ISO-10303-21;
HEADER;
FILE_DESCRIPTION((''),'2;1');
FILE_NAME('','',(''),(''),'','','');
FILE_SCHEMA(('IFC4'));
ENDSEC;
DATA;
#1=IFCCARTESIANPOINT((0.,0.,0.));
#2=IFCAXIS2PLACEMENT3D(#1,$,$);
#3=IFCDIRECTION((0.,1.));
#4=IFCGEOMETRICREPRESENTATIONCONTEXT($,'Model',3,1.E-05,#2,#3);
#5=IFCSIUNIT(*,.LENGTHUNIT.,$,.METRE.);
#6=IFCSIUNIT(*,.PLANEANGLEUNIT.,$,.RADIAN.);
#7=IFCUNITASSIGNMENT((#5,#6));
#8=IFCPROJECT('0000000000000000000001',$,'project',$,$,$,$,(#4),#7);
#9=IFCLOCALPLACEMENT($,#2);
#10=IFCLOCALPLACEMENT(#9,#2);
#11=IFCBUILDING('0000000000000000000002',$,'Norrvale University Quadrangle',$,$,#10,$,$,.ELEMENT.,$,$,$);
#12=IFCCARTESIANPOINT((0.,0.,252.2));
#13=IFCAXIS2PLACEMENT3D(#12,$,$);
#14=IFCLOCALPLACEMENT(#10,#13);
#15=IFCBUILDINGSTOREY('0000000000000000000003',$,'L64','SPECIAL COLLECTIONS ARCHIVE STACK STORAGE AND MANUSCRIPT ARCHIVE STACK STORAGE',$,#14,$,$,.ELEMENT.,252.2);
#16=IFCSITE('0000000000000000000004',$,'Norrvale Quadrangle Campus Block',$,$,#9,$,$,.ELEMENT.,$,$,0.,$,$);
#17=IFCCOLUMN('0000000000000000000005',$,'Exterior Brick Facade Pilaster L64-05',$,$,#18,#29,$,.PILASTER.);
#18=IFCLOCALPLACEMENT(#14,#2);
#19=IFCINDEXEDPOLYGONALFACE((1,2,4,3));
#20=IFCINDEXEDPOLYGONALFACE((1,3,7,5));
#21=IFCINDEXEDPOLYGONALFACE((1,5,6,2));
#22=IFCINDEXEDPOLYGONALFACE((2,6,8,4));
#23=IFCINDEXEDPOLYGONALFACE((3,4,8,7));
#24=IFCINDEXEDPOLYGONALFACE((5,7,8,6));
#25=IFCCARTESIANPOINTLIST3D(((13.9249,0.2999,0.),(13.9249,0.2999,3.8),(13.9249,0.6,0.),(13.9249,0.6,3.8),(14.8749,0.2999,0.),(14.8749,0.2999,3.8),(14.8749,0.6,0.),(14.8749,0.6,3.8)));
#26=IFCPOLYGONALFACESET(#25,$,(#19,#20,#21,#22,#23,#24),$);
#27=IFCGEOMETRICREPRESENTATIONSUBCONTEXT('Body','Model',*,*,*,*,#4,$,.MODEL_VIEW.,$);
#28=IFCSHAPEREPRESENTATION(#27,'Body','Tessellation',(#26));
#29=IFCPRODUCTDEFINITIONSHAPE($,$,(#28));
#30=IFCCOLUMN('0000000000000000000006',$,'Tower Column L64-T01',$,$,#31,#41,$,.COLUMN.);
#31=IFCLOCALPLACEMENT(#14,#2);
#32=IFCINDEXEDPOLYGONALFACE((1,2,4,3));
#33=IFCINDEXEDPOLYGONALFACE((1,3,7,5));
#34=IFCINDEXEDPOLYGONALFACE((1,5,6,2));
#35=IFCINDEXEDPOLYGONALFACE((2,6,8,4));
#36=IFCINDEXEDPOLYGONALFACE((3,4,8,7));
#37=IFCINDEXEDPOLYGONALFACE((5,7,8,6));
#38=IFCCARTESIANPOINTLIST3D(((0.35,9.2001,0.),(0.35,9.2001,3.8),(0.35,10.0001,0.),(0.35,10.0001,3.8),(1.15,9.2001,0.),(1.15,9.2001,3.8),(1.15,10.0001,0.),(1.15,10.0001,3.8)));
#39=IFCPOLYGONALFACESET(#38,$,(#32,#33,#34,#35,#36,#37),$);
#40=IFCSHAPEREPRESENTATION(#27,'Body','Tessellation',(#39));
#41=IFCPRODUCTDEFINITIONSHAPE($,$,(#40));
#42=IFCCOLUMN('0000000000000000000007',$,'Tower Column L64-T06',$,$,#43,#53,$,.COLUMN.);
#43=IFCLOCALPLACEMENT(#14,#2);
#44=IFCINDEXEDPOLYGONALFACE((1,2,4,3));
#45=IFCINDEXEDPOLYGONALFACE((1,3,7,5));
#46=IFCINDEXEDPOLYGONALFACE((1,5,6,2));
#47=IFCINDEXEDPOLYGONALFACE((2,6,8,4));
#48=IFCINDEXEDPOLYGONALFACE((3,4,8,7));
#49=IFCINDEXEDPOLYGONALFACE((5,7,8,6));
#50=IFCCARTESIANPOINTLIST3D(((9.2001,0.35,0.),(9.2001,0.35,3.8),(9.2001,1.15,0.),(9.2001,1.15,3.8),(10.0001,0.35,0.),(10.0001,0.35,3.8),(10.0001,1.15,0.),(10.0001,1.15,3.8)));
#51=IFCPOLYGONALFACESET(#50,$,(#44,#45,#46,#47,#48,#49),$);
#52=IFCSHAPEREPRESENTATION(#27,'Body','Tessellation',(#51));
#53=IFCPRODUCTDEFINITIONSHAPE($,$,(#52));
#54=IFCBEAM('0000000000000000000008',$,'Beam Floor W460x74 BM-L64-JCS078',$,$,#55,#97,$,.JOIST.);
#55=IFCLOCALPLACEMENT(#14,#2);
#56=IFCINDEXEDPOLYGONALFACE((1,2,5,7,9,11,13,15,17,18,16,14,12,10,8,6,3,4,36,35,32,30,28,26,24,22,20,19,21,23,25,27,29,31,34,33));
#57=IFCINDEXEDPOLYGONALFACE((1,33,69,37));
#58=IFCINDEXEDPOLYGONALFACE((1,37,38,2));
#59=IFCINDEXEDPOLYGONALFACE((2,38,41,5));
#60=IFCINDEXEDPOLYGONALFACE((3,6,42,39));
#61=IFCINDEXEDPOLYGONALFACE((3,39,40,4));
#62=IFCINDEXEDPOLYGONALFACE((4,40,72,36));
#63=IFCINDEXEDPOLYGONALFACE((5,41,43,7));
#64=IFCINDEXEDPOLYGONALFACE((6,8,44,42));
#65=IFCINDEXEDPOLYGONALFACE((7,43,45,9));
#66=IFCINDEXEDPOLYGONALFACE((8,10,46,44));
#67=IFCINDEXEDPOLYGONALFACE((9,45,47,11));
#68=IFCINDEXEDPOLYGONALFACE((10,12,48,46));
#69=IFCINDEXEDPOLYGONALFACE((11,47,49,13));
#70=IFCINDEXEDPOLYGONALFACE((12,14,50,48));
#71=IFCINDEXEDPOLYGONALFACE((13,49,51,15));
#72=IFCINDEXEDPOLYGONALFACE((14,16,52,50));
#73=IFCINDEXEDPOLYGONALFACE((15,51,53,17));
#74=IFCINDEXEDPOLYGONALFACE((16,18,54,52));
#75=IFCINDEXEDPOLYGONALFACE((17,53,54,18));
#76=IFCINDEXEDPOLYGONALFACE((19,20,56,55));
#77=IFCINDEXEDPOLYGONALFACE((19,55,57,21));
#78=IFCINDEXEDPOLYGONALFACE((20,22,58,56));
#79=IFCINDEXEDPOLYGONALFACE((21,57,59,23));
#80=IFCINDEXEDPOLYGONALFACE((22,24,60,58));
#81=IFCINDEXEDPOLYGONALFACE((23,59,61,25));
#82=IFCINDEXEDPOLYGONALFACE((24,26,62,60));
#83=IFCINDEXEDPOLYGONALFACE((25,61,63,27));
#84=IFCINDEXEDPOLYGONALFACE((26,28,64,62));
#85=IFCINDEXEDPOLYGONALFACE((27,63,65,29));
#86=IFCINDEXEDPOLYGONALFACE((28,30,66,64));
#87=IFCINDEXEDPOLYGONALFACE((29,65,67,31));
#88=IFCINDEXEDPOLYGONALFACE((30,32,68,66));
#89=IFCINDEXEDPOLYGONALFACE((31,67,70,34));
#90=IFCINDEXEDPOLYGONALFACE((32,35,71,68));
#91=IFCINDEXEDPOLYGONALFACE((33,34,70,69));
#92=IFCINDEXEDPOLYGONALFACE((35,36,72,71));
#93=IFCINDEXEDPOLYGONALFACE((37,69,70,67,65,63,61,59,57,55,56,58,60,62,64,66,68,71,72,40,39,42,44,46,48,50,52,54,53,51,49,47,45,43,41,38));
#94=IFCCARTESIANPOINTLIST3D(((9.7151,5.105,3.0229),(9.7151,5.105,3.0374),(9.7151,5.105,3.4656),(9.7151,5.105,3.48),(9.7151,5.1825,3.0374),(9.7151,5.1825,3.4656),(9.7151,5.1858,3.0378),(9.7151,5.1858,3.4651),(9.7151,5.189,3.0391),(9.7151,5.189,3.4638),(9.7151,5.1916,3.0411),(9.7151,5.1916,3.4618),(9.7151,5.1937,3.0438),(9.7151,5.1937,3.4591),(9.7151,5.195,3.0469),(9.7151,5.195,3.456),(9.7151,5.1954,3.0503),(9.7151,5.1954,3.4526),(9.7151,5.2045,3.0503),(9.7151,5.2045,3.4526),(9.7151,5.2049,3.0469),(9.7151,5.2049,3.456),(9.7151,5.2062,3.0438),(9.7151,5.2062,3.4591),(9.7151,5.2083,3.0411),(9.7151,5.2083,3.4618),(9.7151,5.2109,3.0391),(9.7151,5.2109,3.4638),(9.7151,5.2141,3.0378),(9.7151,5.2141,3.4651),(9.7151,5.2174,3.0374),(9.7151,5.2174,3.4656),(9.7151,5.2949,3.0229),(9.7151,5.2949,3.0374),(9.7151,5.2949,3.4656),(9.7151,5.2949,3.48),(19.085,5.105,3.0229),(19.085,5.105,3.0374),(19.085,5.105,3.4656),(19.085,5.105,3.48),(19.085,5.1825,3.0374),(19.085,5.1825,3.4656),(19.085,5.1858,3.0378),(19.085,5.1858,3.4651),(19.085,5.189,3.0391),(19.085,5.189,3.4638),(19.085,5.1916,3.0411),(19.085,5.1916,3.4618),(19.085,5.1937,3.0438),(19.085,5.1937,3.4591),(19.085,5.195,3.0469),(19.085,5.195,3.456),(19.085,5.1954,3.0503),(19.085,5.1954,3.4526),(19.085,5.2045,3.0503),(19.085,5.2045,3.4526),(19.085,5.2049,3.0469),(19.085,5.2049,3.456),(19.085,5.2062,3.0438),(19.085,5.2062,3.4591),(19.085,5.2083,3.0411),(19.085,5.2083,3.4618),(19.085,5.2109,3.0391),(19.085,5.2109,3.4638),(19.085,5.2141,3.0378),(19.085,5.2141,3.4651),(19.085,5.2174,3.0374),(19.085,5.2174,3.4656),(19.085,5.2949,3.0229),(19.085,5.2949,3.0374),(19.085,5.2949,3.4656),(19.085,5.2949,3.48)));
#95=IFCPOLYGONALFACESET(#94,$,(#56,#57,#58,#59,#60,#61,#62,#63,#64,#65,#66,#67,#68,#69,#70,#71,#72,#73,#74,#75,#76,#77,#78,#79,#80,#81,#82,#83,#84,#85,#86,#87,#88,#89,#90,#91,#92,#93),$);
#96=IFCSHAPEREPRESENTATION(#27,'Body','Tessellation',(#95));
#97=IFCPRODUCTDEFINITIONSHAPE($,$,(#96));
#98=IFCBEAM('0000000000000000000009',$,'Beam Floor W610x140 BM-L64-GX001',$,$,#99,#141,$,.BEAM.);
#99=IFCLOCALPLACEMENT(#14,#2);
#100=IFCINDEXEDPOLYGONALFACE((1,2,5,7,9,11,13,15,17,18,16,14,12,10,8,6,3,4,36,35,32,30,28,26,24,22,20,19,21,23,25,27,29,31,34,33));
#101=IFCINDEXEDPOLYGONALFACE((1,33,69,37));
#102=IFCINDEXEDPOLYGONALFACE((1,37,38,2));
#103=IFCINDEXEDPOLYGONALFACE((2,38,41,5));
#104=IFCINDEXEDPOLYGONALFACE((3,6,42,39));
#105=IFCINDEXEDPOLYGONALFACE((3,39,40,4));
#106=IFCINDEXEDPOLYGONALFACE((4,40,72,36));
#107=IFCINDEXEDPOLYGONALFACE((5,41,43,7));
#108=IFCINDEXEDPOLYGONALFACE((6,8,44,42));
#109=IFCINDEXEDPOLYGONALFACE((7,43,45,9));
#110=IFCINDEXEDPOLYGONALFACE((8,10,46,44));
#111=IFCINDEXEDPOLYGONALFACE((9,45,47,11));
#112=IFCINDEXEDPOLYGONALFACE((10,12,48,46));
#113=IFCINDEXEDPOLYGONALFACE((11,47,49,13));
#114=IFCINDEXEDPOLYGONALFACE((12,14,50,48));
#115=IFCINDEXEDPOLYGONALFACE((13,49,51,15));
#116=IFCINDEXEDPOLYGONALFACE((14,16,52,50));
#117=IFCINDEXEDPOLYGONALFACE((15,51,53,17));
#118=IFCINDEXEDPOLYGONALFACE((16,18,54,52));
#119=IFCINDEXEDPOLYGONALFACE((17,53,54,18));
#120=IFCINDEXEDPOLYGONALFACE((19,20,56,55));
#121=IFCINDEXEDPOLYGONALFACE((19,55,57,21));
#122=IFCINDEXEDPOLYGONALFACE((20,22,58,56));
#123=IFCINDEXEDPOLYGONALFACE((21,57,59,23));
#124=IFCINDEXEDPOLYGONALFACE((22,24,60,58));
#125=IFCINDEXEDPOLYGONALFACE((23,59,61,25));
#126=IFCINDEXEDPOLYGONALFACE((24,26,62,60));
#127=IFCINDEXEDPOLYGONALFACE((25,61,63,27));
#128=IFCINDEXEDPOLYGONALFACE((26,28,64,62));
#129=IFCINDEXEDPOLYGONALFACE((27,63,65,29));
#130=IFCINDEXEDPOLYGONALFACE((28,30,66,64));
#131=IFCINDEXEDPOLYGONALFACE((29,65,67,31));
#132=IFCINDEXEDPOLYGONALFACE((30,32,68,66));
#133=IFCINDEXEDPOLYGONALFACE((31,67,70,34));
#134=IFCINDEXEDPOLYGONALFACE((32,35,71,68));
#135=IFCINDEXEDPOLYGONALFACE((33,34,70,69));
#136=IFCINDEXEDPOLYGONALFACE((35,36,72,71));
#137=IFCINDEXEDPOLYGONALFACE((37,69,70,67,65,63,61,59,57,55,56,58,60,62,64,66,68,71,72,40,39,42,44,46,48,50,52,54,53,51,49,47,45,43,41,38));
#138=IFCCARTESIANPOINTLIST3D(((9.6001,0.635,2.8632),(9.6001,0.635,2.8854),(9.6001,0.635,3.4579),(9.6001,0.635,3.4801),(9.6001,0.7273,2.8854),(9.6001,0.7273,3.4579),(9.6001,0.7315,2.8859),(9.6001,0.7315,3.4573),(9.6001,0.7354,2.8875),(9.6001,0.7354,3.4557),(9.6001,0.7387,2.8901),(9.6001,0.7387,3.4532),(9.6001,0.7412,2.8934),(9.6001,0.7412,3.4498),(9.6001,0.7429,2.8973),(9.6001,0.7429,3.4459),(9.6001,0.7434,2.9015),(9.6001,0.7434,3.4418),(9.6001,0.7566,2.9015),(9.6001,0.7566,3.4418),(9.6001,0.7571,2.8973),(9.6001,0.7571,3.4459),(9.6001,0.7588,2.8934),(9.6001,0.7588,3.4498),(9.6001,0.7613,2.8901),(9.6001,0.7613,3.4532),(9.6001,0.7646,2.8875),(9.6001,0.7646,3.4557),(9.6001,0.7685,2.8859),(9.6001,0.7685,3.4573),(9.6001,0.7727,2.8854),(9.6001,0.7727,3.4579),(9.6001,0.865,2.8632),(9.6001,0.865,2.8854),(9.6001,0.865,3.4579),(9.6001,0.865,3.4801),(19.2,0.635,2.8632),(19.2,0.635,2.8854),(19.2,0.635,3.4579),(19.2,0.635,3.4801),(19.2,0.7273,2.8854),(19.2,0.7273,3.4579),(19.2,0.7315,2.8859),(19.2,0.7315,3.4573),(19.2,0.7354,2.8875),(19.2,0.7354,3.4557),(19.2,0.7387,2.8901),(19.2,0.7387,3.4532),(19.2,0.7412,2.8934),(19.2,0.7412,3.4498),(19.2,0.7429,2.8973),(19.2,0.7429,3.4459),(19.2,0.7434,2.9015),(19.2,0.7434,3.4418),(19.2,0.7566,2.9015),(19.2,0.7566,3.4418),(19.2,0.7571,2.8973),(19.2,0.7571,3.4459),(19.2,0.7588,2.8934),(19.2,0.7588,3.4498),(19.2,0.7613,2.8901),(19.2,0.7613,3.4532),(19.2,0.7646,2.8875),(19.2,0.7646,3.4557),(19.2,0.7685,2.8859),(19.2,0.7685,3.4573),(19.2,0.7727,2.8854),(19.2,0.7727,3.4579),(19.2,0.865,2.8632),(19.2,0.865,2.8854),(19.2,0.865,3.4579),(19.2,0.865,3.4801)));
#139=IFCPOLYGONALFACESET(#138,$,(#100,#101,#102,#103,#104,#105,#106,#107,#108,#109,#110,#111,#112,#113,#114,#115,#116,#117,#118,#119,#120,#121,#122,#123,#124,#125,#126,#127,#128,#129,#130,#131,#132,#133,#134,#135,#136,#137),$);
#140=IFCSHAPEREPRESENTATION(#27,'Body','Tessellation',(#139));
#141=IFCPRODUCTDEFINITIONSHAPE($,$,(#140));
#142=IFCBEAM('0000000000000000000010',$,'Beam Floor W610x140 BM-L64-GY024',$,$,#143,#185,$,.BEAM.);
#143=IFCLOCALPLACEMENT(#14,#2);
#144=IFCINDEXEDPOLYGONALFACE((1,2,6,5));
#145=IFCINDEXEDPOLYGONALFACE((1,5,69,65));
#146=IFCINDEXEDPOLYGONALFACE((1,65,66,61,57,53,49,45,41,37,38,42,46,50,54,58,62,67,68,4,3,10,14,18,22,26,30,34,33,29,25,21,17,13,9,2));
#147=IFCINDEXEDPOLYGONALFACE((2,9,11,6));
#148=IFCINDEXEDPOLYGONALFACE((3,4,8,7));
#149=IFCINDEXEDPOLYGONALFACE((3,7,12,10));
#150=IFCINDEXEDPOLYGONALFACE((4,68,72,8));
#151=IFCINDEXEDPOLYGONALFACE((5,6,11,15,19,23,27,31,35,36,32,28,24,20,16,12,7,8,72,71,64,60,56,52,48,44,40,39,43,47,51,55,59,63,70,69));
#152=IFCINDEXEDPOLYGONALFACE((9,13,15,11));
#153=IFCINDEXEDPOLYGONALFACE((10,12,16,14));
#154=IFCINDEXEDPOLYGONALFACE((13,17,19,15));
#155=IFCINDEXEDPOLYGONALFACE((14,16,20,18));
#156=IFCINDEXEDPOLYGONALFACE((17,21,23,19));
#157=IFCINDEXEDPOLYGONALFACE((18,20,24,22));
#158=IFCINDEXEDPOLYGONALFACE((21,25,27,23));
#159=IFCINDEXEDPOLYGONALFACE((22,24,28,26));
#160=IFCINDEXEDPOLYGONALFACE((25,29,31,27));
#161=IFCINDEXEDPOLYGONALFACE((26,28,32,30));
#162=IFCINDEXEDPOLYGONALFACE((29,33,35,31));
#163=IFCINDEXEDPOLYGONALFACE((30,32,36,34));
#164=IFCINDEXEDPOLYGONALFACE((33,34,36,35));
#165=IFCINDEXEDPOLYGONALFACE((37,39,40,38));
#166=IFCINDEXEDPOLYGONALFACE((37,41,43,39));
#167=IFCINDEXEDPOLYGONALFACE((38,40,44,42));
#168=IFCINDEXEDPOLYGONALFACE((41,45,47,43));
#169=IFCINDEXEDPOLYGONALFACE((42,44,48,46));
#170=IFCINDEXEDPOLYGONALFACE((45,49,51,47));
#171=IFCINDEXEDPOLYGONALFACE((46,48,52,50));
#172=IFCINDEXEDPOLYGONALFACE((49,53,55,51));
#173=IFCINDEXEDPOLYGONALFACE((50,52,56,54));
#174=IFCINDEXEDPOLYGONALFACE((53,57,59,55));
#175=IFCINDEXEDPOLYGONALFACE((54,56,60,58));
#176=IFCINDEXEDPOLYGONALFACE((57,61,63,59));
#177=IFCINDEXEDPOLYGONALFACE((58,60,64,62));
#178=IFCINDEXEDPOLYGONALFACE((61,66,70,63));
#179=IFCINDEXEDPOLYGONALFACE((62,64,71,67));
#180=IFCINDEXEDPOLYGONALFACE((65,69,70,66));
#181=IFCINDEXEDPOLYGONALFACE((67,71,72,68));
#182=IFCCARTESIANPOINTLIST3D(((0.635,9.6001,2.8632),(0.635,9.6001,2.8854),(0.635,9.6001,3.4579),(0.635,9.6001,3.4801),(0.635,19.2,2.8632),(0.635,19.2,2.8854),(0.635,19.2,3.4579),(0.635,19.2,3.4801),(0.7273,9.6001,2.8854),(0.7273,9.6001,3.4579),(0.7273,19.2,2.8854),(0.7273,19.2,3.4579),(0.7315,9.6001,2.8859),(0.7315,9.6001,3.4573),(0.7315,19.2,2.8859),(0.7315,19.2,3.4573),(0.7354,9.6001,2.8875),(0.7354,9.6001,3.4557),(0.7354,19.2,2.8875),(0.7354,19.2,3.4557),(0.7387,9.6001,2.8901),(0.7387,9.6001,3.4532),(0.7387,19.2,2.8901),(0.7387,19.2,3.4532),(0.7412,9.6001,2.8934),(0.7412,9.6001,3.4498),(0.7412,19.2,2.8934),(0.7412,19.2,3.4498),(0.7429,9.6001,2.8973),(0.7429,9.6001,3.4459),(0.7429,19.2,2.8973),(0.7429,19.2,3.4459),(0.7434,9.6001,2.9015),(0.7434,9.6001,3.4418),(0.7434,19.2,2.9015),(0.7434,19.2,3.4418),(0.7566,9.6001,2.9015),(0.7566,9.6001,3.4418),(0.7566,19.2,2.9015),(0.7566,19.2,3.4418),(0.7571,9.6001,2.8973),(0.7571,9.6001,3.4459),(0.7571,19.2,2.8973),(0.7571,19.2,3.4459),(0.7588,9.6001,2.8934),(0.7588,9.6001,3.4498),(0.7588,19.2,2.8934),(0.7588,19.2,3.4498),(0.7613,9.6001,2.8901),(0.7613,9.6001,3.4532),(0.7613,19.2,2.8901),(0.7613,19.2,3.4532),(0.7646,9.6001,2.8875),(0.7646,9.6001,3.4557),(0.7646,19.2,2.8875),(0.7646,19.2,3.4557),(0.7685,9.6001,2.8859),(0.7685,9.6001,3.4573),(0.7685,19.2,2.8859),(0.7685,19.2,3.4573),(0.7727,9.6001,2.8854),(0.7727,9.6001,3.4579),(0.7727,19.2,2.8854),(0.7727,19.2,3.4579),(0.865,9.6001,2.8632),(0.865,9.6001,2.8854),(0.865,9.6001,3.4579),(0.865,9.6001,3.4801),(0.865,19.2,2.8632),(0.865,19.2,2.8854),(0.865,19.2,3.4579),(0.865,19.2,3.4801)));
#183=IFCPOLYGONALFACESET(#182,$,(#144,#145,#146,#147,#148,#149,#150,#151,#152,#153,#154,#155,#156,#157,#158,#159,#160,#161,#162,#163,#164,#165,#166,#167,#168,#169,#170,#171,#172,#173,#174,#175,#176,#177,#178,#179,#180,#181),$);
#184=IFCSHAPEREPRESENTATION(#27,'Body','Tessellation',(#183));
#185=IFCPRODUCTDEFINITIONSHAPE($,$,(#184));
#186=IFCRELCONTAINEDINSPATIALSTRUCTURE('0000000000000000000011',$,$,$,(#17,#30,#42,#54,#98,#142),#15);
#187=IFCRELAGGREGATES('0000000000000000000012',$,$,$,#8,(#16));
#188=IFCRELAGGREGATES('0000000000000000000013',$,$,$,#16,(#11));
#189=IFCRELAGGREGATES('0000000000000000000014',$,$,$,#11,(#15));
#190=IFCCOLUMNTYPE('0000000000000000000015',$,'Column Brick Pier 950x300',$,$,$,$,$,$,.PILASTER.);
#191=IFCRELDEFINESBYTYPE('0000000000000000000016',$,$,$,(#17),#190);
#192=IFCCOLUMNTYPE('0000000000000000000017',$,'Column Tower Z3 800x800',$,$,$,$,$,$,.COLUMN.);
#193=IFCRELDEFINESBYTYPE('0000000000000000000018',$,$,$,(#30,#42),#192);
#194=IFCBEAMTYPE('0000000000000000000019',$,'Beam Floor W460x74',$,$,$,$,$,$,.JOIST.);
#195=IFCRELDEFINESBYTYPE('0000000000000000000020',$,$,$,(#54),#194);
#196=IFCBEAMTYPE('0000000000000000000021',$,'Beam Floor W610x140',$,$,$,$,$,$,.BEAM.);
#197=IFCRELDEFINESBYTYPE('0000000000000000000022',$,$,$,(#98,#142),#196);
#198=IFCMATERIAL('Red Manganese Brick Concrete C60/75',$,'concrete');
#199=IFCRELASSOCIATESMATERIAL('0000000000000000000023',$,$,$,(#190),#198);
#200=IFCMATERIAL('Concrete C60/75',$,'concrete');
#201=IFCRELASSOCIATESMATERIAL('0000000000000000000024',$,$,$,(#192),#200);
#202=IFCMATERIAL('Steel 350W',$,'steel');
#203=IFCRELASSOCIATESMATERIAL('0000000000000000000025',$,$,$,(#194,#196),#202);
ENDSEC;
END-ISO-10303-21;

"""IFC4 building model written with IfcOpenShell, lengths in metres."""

from ifc_helpers import new_model, si_unit, direction, frame, origin, origin_2d, place, context, subcontext, project, spatial, rectangle, i_section, extrude, material, material_profile, profile_set, type_object, element, save


model = new_model("IFC4")

# Units and contexts
model_context = context("Model", 3, precision=1e-05, world=origin(), true_north=direction((0.0, 1.0)))
body_context = subcontext(model_context, "Body", "Model", "MODEL_VIEW")
ifc_project = project(units=[si_unit("LENGTHUNIT", "METRE"), si_unit("PLANEANGLEUNIT", "RADIAN")], contexts=[model_context])

# Site, building, storey
site_placement = place(None, origin())
site = spatial("IfcSite", under=ifc_project, at=site_placement, Name="Norrvale Quadrangle Campus Block", CompositionType="ELEMENT", RefElevation=0.0)
building_placement = place(site_placement, origin())
building = spatial("IfcBuilding", under=site, at=building_placement, Name="Norrvale University Quadrangle", CompositionType="ELEMENT")
storey_placement = place(building_placement, frame((0.0, 0.0, 252.2)))
storey = spatial("IfcBuildingStorey", under=building, at=storey_placement, Name="L64", Description="SPECIAL COLLECTIONS ARCHIVE STACK STORAGE AND MANUSCRIPT ARCHIVE STACK STORAGE", CompositionType="ELEMENT", Elevation=252.2)

# Columns
ifc_material_1 = material(Name="Red Manganese Brick Concrete C60/75", Category="concrete")
ifc_material_profile_1 = material_profile(ifc_material_1, rectangle(XDim=0.95, YDim=0.3, at=origin_2d()), Name="Red Manganese Brick Concrete C60/75")
ifc_profile_set_1 = profile_set([ifc_material_profile_1], Name="Red Manganese Brick Concrete C60/75")
column_type_1 = type_object("IfcColumnType", Name="Column Brick Pier 950x300", PredefinedType="PILASTER", material=ifc_profile_set_1)
column_placement = place(storey_placement, frame((14.3999, 0.45, 0.0), z_axis=(0.0, 0.0, 1.0), x_axis=(1.0, 0.0, 0.0)))
element("IfcColumn", 1, at=column_placement, inside=storey, type_object=column_type_1, Name="Exterior Brick Facade Pilaster L64-05", PredefinedType="PILASTER", context=body_context, shape_type="SweptSolid", body=[
    extrude(rectangle(XDim=0.95, YDim=0.3, at=origin_2d()), origin(), (0.0, 0.0, 1.0), 3.8),
])
ifc_material_2 = material(Name="Concrete C60/75", Category="concrete")
ifc_material_profile_2 = material_profile(ifc_material_2, rectangle(XDim=0.8, YDim=0.8, at=origin_2d()), Name="Concrete C60/75")
ifc_profile_set_2 = profile_set([ifc_material_profile_2], Name="Concrete C60/75")
column_type_2 = type_object("IfcColumnType", Name="Column Tower Z3 800x800", PredefinedType="COLUMN", material=ifc_profile_set_2)
for number, where, z_axis, x_axis, name in (
    (2, (0.75, 9.6001, 0.0), (0.0, 0.0, 1.0), (1.0, 0.0, 0.0), "Tower Column L64-T01"),
    (3, (9.6001, 0.75, 0.0), (0.0, 0.0, 1.0), (1.0, 0.0, 0.0), "Tower Column L64-T06"),
):
    element("IfcColumn", number, at=place(storey_placement, frame(where, z_axis=z_axis, x_axis=x_axis)), inside=storey, type_object=column_type_2, Name=name, PredefinedType="COLUMN", context=body_context, shape_type="SweptSolid", body=[
        extrude(rectangle(XDim=0.8, YDim=0.8, at=origin_2d()), origin(), (0.0, 0.0, 1.0), 3.8),
    ])

# Beams
ifc_material_3 = material(Name="Steel 350W", Category="steel")
ifc_material_profile_3 = material_profile(ifc_material_3, i_section(OverallWidth=0.1899, OverallDepth=0.457, WebThickness=0.009, FlangeThickness=0.0144, FilletRadius=0.0129, at=origin_2d()), Name="Steel 350W")
ifc_profile_set_3 = profile_set([ifc_material_profile_3], Name="Steel 350W")
beam_type_1 = type_object("IfcBeamType", Name="Beam Floor W460x74", PredefinedType="JOIST", material=ifc_profile_set_3)
beam_1_placement = place(storey_placement, frame((9.7151, 5.2, 3.2515), z_axis=(1.0, 0.0, 0.0), x_axis=(0.0, 1.0, 0.0)))
element("IfcBeam", 4, at=beam_1_placement, inside=storey, type_object=beam_type_1, Name="Beam Floor W460x74 BM-L64-JCS078", PredefinedType="JOIST", context=body_context, shape_type="SweptSolid", body=[
    extrude(i_section(OverallWidth=0.1899, OverallDepth=0.457, WebThickness=0.009, FlangeThickness=0.0144, FilletRadius=0.0129, at=origin_2d()), origin(), (0.0, 0.0, 1.0), 9.3699),
])
ifc_material_profile_4 = material_profile(ifc_material_3, i_section(OverallWidth=0.23, OverallDepth=0.6169, WebThickness=0.0132, FlangeThickness=0.0222, FilletRadius=0.0161, at=origin_2d()), Name="Steel 350W")
ifc_profile_set_4 = profile_set([ifc_material_profile_4], Name="Steel 350W")
beam_type_2 = type_object("IfcBeamType", Name="Beam Floor W610x140", PredefinedType="BEAM", material=ifc_profile_set_4)
for number, where, z_axis, x_axis, name in (
    (5, (9.6001, 0.75, 3.1716), (1.0, 0.0, 0.0), (0.0, 1.0, 0.0), "Beam Floor W610x140 BM-L64-GX001"),
    (6, (0.75, 9.6001, 3.1716), (0.0, 1.0, 0.0), (-1.0, 0.0, 0.0), "Beam Floor W610x140 BM-L64-GY024"),
):
    element("IfcBeam", number, at=place(storey_placement, frame(where, z_axis=z_axis, x_axis=x_axis)), inside=storey, type_object=beam_type_2, Name=name, PredefinedType="BEAM", context=body_context, shape_type="SweptSolid", body=[
        extrude(i_section(OverallWidth=0.23, OverallDepth=0.6169, WebThickness=0.0132, FlangeThickness=0.0222, FilletRadius=0.0161, at=origin_2d()), origin(), (0.0, 0.0, 1.0), 9.5999),
    ])

save(model, "model.ifc")
